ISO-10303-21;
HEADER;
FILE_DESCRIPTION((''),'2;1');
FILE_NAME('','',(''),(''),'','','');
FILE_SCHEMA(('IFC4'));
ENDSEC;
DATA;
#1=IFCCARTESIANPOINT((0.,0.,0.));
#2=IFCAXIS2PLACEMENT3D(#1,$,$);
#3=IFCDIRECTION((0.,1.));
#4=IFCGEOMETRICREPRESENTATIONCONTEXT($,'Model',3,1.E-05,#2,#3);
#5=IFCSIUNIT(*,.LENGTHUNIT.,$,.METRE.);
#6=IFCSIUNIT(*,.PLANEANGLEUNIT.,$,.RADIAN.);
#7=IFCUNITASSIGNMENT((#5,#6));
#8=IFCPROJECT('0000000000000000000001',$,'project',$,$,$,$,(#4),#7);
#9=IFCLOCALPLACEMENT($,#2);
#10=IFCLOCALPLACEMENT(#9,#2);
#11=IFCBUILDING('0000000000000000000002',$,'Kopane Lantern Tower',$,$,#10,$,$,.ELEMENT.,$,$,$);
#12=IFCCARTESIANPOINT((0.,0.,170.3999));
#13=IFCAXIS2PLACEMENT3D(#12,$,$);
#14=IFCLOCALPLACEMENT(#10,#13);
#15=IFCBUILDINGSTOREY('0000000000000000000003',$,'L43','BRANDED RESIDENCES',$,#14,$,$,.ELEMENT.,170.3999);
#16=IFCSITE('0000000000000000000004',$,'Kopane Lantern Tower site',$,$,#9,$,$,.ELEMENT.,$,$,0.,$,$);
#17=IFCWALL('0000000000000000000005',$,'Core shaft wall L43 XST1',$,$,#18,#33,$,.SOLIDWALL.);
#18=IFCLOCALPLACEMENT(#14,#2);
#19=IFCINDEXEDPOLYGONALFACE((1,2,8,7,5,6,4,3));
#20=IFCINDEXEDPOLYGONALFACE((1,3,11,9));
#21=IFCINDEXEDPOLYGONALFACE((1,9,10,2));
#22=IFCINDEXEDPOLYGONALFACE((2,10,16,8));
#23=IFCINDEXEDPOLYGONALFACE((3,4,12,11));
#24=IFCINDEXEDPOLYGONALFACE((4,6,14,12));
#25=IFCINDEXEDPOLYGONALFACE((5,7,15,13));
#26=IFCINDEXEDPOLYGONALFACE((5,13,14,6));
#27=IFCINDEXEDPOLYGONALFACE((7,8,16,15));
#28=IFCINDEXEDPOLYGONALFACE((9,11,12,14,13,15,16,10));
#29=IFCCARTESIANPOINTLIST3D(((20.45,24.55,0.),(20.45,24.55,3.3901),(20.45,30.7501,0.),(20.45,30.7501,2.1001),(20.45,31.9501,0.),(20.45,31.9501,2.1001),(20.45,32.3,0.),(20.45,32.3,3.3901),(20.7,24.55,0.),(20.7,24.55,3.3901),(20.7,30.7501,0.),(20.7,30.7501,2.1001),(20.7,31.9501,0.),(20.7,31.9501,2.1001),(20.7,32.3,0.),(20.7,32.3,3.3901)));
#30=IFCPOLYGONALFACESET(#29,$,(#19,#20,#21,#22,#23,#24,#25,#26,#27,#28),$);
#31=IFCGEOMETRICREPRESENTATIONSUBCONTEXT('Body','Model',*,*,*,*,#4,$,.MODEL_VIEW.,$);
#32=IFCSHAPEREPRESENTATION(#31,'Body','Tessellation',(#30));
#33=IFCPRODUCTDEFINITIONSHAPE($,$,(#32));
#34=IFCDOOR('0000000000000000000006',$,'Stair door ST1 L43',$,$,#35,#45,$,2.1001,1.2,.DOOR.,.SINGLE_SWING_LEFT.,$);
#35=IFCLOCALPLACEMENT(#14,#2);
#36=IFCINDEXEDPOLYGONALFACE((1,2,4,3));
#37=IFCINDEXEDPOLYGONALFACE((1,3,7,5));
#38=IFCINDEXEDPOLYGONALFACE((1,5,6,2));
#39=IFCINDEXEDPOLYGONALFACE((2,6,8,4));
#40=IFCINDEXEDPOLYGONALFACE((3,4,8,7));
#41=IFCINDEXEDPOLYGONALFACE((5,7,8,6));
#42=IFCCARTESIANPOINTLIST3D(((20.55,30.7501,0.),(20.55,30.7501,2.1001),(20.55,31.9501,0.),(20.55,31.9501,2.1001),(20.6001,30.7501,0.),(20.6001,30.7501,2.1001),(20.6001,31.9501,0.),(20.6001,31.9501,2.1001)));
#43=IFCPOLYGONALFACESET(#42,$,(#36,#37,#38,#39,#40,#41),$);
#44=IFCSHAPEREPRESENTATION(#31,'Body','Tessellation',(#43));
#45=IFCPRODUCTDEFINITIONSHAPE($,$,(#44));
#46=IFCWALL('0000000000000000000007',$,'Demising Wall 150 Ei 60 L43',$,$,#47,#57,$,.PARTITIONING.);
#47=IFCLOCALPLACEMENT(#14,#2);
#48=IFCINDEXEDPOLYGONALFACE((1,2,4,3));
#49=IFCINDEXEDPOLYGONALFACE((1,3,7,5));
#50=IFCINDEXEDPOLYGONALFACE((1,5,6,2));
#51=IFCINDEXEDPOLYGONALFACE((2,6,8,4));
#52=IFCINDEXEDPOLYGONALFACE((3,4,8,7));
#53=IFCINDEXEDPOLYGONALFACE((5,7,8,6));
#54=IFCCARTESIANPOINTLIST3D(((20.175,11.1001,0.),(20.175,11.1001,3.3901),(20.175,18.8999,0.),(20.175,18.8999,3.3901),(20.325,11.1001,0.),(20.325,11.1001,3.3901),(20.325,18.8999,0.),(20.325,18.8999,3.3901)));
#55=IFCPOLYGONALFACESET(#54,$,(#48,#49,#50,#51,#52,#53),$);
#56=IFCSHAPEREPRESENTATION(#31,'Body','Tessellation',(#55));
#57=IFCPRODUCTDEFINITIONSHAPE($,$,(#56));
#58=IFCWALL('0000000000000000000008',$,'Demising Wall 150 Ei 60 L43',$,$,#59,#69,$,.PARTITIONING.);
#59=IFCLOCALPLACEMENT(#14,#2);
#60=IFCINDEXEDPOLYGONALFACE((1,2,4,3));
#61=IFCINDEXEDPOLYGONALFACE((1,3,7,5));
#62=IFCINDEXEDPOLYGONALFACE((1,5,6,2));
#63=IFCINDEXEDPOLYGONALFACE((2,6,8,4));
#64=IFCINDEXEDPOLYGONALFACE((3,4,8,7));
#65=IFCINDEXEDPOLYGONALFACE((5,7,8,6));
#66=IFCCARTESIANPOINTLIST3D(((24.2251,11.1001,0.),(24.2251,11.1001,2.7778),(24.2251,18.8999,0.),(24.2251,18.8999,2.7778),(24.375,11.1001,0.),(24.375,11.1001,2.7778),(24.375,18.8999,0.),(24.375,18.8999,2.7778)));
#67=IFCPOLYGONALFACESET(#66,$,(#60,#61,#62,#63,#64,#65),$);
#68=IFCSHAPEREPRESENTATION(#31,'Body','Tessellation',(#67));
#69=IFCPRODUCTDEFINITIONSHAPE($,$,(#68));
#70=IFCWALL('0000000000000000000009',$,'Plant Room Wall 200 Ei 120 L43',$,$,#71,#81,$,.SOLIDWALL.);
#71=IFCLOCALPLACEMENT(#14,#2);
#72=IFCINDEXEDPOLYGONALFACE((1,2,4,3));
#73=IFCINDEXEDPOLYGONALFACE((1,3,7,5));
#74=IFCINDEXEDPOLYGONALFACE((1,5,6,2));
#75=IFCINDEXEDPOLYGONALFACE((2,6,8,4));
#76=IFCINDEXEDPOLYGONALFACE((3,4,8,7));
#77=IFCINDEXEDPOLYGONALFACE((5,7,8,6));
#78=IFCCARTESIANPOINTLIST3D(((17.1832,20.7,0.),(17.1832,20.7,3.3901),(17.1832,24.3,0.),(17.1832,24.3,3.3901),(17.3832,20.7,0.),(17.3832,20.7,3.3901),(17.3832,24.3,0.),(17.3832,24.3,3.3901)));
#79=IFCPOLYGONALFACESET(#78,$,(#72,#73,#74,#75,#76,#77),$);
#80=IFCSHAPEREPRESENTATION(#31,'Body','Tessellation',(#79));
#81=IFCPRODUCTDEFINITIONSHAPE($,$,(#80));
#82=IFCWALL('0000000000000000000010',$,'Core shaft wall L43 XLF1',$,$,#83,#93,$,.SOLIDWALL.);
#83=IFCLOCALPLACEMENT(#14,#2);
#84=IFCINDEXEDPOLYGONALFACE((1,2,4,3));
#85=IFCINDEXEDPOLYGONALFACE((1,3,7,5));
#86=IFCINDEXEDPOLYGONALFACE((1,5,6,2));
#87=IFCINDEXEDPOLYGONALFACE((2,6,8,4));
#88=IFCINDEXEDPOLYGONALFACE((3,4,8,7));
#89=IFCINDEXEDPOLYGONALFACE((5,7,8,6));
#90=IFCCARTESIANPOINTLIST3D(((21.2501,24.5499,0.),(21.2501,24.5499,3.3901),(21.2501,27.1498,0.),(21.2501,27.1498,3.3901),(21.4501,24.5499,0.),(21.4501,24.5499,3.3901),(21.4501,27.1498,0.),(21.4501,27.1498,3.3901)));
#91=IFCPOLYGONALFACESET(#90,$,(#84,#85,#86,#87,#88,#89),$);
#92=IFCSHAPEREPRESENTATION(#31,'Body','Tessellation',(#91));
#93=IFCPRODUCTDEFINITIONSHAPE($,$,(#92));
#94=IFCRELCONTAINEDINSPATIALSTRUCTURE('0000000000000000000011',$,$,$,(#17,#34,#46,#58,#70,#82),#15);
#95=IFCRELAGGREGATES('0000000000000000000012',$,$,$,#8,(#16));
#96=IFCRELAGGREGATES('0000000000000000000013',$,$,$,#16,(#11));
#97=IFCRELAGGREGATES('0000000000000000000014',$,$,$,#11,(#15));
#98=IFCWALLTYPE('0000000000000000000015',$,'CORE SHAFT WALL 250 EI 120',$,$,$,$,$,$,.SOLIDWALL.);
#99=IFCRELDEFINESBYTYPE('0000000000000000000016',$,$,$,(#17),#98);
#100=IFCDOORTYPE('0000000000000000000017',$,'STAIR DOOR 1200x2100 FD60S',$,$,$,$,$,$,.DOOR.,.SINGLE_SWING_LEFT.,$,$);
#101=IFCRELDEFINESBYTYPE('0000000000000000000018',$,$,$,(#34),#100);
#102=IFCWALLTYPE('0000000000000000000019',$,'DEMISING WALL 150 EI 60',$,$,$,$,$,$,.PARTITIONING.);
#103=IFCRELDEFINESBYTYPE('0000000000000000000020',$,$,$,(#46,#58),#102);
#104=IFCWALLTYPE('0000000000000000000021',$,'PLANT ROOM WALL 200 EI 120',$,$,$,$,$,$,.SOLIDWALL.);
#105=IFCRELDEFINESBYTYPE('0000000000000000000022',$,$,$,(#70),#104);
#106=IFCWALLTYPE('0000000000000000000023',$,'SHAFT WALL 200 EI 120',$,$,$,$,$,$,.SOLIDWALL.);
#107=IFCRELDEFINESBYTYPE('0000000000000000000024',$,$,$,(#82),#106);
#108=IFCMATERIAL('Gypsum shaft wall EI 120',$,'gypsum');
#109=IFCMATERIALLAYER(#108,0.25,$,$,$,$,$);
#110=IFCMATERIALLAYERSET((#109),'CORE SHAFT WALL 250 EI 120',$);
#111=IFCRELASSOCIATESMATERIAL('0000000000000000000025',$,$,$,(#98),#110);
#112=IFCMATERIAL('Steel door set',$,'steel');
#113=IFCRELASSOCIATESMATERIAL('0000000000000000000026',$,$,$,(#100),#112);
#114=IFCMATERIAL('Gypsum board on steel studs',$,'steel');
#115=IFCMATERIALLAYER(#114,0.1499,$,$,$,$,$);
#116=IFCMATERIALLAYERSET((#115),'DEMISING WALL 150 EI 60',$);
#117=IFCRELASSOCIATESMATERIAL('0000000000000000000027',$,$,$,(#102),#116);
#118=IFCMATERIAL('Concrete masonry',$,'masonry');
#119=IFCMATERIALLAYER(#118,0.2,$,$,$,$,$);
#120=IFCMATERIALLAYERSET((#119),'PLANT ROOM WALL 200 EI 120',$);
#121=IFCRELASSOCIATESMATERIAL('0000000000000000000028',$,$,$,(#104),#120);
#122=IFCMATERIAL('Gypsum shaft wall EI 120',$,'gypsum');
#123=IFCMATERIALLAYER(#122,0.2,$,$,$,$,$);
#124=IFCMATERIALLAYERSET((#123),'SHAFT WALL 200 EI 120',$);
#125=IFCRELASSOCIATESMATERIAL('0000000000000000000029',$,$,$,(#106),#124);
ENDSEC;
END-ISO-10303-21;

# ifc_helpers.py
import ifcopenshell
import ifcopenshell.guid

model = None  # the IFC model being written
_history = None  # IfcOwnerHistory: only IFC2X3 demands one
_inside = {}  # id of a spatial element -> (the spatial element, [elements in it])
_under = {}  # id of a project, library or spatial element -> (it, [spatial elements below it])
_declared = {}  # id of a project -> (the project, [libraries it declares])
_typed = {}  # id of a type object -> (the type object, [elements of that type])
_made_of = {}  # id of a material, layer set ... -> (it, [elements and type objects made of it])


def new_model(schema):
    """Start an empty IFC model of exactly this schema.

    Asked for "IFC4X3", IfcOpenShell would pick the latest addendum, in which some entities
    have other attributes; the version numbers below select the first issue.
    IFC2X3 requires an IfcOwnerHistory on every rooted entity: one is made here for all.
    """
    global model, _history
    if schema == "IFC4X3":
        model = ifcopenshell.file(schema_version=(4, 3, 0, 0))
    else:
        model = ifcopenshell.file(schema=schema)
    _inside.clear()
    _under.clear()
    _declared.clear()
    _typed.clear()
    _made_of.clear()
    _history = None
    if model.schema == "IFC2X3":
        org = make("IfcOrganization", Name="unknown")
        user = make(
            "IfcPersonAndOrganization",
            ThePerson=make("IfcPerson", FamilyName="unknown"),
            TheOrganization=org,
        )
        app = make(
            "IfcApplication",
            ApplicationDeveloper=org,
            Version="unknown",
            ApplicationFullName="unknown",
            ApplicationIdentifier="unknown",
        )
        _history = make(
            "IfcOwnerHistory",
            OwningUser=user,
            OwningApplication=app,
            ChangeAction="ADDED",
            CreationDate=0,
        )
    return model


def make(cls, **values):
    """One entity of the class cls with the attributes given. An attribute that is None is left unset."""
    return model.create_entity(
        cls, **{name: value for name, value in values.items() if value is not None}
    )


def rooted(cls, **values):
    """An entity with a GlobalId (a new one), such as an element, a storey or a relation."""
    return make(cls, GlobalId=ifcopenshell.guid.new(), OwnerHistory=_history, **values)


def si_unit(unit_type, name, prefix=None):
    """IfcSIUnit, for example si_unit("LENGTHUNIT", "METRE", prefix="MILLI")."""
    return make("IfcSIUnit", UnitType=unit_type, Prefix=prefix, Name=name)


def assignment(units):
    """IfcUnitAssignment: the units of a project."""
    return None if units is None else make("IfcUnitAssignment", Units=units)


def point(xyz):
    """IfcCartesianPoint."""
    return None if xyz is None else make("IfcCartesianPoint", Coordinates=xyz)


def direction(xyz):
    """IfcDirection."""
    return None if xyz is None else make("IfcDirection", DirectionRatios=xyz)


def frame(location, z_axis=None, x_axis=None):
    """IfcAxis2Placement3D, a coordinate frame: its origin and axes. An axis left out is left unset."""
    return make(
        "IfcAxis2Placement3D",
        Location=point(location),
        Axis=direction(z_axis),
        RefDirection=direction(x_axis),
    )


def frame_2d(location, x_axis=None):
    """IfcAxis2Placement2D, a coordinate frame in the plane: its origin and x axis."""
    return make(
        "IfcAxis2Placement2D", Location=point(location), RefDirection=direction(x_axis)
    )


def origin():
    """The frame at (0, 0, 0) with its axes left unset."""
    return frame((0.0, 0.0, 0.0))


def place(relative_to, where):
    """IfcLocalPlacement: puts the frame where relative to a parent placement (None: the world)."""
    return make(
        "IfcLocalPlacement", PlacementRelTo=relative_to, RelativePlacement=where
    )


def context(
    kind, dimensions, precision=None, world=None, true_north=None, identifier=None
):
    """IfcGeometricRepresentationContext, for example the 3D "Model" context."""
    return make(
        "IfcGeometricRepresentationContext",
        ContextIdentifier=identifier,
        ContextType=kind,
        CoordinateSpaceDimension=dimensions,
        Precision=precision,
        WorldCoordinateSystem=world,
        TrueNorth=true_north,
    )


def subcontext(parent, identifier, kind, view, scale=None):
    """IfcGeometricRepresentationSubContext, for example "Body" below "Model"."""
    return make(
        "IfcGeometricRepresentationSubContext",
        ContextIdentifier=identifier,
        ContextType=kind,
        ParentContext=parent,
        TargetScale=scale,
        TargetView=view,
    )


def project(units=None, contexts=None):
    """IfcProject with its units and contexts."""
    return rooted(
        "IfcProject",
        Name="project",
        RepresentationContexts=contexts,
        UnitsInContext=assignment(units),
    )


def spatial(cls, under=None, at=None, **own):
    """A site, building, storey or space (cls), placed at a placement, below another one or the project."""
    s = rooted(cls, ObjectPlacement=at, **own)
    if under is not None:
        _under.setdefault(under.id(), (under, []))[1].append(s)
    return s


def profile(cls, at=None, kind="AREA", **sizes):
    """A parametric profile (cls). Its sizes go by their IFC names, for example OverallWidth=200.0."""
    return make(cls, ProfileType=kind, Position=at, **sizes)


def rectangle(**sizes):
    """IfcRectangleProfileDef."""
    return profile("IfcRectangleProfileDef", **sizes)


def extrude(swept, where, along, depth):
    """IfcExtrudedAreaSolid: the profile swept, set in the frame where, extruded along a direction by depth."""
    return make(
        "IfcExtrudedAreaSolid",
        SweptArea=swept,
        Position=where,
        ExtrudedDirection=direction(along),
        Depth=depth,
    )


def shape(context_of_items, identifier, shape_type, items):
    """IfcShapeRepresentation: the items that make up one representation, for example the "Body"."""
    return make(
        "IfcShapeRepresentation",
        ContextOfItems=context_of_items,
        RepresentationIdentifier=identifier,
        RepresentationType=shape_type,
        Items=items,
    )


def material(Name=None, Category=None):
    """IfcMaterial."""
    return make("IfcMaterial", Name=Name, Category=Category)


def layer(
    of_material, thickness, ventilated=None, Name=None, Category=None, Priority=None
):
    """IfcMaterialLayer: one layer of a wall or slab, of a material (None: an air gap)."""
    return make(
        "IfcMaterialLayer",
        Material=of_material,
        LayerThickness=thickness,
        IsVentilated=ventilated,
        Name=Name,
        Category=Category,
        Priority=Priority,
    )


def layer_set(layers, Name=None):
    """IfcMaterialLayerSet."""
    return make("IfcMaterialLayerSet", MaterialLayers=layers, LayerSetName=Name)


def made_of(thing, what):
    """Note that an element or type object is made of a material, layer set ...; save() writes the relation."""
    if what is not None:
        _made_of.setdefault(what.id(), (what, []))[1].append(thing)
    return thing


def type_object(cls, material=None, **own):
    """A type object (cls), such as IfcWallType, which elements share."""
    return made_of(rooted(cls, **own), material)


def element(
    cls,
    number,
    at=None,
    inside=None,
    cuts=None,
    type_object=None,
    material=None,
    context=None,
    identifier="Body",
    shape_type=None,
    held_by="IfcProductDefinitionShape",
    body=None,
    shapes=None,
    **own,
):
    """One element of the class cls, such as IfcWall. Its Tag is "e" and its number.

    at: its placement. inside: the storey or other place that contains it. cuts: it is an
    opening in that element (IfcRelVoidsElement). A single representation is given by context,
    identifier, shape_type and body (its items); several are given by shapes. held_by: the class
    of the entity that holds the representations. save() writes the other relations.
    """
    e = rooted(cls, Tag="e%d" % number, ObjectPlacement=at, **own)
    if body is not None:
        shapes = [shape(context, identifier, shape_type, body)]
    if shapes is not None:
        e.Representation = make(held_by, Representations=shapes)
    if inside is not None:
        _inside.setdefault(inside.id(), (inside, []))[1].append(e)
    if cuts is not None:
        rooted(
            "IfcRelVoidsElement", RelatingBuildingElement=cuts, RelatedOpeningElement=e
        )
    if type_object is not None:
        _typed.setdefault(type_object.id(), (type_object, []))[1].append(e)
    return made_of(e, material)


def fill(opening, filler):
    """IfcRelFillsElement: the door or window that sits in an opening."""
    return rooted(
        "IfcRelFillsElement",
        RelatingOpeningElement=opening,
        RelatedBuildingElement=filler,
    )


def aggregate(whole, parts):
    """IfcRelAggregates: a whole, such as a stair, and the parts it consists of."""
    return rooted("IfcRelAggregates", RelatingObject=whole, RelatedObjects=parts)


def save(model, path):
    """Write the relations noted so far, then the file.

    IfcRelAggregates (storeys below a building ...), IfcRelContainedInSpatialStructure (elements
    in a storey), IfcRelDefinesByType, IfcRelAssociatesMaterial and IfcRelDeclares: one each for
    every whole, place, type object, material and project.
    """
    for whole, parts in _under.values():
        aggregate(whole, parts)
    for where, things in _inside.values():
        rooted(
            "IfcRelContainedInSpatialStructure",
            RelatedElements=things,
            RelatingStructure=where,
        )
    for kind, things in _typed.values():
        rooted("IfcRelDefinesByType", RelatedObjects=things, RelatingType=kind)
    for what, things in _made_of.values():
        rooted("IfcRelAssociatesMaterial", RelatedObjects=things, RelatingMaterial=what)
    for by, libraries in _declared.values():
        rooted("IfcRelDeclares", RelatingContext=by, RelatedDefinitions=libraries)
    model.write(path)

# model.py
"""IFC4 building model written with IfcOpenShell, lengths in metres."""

from ifc_helpers import new_model, si_unit, direction, frame, frame_2d, origin, place, context, subcontext, project, spatial, rectangle, extrude, material, layer, layer_set, type_object, element, fill, save


model = new_model("IFC4")

# Units and contexts
model_context = context("Model", 3, precision=1e-05, world=origin(), true_north=direction((0.0, 1.0)))
body_context = subcontext(model_context, "Body", "Model", "MODEL_VIEW")
ifc_project = project(units=[si_unit("LENGTHUNIT", "METRE"), si_unit("PLANEANGLEUNIT", "RADIAN")], contexts=[model_context])

# Site, building, storey
site_placement = place(None, origin())
site = spatial("IfcSite", under=ifc_project, at=site_placement, Name="Kopane Lantern Tower site", CompositionType="ELEMENT", RefElevation=0.0)
building_placement = place(site_placement, origin())
building = spatial("IfcBuilding", under=site, at=building_placement, Name="Kopane Lantern Tower", CompositionType="ELEMENT")
storey_placement = place(building_placement, frame((0.0, 0.0, 170.3999)))
storey = spatial("IfcBuildingStorey", under=building, at=storey_placement, Name="L43", Description="BRANDED RESIDENCES", CompositionType="ELEMENT", Elevation=170.3999)

# Wall, opening, door
ifc_material_1 = material(Name="Gypsum shaft wall EI 120", Category="gypsum")
ifc_layer_1 = layer(ifc_material_1, 0.25)
ifc_layer_set_1 = layer_set([ifc_layer_1], Name="CORE SHAFT WALL 250 EI 120")
wall_type_1 = type_object("IfcWallType", Name="CORE SHAFT WALL 250 EI 120", PredefinedType="SOLIDWALL", material=ifc_layer_set_1)
wall_1_placement = place(storey_placement, frame((20.575, 24.55, 0.0), z_axis=(0.0, 0.0, 1.0), x_axis=(0.0, 1.0, 0.0)))
wall_1 = element("IfcWall", 1, at=wall_1_placement, inside=storey, type_object=wall_type_1, Name="Core shaft wall L43 XST1", PredefinedType="SOLIDWALL", context=body_context, shape_type="SweptSolid", body=[
    extrude(rectangle(XDim=7.75, YDim=0.25, at=frame_2d((3.875, 0.0))), origin(), (0.0, 0.0, 1.0), 3.3901),
])
opening_1_placement = place(wall_1_placement, frame((6.2, 0.0, 0.0)))
opening_1 = element("IfcOpeningElement", 2, at=opening_1_placement, cuts=wall_1, PredefinedType="OPENING", context=body_context, shape_type="SweptSolid", body=[
    extrude(rectangle(XDim=1.2, YDim=2.1001, at=frame_2d((0.6001, 1.05))), frame((0.0, 0.135, 0.0), z_axis=(0.0, -1.0, 0.0), x_axis=(1.0, 0.0, 0.0)), (0.0, 0.0, 1.0), 0.27),
])
ifc_material_2 = material(Name="Steel door set", Category="steel")
door_type_1 = type_object("IfcDoorType", Name="STAIR DOOR 1200x2100 FD60S", OperationType="SINGLE_SWING_LEFT", PredefinedType="DOOR", material=ifc_material_2)
door_1_placement = place(opening_1_placement, origin())
door_1 = element("IfcDoor", 3, at=door_1_placement, inside=storey, type_object=door_type_1, Name="Stair door ST1 L43", OperationType="SINGLE_SWING_LEFT", OverallHeight=2.1001, OverallWidth=1.2, PredefinedType="DOOR", context=body_context, shape_type="SweptSolid", body=[
    extrude(rectangle(XDim=1.2, YDim=2.1001, at=frame_2d((0.6001, 1.05))), frame((0.0, 0.0249, 0.0), z_axis=(0.0, -1.0, 0.0), x_axis=(1.0, 0.0, 0.0)), (0.0, 0.0, 1.0), 0.05),
])
fill(opening_1, door_1)

# Walls
ifc_material_3 = material(Name="Gypsum board on steel studs", Category="steel")
ifc_layer_2 = layer(ifc_material_3, 0.1499)
ifc_layer_set_2 = layer_set([ifc_layer_2], Name="DEMISING WALL 150 EI 60")
wall_type_2 = type_object("IfcWallType", Name="DEMISING WALL 150 EI 60", PredefinedType="PARTITIONING", material=ifc_layer_set_2)
wall_2_placement = place(storey_placement, frame((20.25, 18.8999, 0.0), z_axis=(0.0, 0.0, 1.0), x_axis=(0.0, -1.0, 0.0)))
element("IfcWall", 4, at=wall_2_placement, inside=storey, type_object=wall_type_2, Name="Demising Wall 150 Ei 60 L43", PredefinedType="PARTITIONING", context=body_context, shape_type="SweptSolid", body=[
    extrude(rectangle(XDim=7.7998, YDim=0.1499, at=frame_2d((3.8999, 0.0))), origin(), (0.0, 0.0, 1.0), 3.3901),
])
wall_3_placement = place(storey_placement, frame((24.3, 18.8999, 0.0), z_axis=(0.0, 0.0, 1.0), x_axis=(0.0, -1.0, 0.0)))
element("IfcWall", 5, at=wall_3_placement, inside=storey, type_object=wall_type_2, Name="Demising Wall 150 Ei 60 L43", PredefinedType="PARTITIONING", context=body_context, shape_type="SweptSolid", body=[
    extrude(rectangle(XDim=7.7998, YDim=0.1499, at=frame_2d((3.8999, 0.0))), origin(), (0.0, 0.0, 1.0), 2.7778),
])
ifc_material_4 = material(Name="Concrete masonry", Category="masonry")
ifc_layer_3 = layer(ifc_material_4, 0.2)
ifc_layer_set_3 = layer_set([ifc_layer_3], Name="PLANT ROOM WALL 200 EI 120")
wall_type_3 = type_object("IfcWallType", Name="PLANT ROOM WALL 200 EI 120", PredefinedType="SOLIDWALL", material=ifc_layer_set_3)
wall_4_placement = place(storey_placement, frame((17.2832, 20.7, 0.0), z_axis=(0.0, 0.0, 1.0), x_axis=(0.0, 1.0, 0.0)))
element("IfcWall", 6, at=wall_4_placement, inside=storey, type_object=wall_type_3, Name="Plant Room Wall 200 Ei 120 L43", PredefinedType="SOLIDWALL", context=body_context, shape_type="SweptSolid", body=[
    extrude(rectangle(XDim=3.6001, YDim=0.2, at=frame_2d((1.8, 0.0))), origin(), (0.0, 0.0, 1.0), 3.3901),
])
ifc_material_5 = material(Name="Gypsum shaft wall EI 120", Category="gypsum")
ifc_layer_4 = layer(ifc_material_5, 0.2)
ifc_layer_set_4 = layer_set([ifc_layer_4], Name="SHAFT WALL 200 EI 120")
wall_type_4 = type_object("IfcWallType", Name="SHAFT WALL 200 EI 120", PredefinedType="SOLIDWALL", material=ifc_layer_set_4)
wall_5_placement = place(storey_placement, frame((21.3501, 24.55, 0.0), z_axis=(0.0, 0.0, 1.0), x_axis=(0.0, 1.0, 0.0)))
element("IfcWall", 7, at=wall_5_placement, inside=storey, type_object=wall_type_4, Name="Core shaft wall L43 XLF1", PredefinedType="SOLIDWALL", context=body_context, shape_type="SweptSolid", body=[
    extrude(rectangle(XDim=2.5999, YDim=0.2, at=frame_2d((1.2998, 0.0))), origin(), (0.0, 0.0, 1.0), 3.3901),
])

save(model, "model.ifc")
